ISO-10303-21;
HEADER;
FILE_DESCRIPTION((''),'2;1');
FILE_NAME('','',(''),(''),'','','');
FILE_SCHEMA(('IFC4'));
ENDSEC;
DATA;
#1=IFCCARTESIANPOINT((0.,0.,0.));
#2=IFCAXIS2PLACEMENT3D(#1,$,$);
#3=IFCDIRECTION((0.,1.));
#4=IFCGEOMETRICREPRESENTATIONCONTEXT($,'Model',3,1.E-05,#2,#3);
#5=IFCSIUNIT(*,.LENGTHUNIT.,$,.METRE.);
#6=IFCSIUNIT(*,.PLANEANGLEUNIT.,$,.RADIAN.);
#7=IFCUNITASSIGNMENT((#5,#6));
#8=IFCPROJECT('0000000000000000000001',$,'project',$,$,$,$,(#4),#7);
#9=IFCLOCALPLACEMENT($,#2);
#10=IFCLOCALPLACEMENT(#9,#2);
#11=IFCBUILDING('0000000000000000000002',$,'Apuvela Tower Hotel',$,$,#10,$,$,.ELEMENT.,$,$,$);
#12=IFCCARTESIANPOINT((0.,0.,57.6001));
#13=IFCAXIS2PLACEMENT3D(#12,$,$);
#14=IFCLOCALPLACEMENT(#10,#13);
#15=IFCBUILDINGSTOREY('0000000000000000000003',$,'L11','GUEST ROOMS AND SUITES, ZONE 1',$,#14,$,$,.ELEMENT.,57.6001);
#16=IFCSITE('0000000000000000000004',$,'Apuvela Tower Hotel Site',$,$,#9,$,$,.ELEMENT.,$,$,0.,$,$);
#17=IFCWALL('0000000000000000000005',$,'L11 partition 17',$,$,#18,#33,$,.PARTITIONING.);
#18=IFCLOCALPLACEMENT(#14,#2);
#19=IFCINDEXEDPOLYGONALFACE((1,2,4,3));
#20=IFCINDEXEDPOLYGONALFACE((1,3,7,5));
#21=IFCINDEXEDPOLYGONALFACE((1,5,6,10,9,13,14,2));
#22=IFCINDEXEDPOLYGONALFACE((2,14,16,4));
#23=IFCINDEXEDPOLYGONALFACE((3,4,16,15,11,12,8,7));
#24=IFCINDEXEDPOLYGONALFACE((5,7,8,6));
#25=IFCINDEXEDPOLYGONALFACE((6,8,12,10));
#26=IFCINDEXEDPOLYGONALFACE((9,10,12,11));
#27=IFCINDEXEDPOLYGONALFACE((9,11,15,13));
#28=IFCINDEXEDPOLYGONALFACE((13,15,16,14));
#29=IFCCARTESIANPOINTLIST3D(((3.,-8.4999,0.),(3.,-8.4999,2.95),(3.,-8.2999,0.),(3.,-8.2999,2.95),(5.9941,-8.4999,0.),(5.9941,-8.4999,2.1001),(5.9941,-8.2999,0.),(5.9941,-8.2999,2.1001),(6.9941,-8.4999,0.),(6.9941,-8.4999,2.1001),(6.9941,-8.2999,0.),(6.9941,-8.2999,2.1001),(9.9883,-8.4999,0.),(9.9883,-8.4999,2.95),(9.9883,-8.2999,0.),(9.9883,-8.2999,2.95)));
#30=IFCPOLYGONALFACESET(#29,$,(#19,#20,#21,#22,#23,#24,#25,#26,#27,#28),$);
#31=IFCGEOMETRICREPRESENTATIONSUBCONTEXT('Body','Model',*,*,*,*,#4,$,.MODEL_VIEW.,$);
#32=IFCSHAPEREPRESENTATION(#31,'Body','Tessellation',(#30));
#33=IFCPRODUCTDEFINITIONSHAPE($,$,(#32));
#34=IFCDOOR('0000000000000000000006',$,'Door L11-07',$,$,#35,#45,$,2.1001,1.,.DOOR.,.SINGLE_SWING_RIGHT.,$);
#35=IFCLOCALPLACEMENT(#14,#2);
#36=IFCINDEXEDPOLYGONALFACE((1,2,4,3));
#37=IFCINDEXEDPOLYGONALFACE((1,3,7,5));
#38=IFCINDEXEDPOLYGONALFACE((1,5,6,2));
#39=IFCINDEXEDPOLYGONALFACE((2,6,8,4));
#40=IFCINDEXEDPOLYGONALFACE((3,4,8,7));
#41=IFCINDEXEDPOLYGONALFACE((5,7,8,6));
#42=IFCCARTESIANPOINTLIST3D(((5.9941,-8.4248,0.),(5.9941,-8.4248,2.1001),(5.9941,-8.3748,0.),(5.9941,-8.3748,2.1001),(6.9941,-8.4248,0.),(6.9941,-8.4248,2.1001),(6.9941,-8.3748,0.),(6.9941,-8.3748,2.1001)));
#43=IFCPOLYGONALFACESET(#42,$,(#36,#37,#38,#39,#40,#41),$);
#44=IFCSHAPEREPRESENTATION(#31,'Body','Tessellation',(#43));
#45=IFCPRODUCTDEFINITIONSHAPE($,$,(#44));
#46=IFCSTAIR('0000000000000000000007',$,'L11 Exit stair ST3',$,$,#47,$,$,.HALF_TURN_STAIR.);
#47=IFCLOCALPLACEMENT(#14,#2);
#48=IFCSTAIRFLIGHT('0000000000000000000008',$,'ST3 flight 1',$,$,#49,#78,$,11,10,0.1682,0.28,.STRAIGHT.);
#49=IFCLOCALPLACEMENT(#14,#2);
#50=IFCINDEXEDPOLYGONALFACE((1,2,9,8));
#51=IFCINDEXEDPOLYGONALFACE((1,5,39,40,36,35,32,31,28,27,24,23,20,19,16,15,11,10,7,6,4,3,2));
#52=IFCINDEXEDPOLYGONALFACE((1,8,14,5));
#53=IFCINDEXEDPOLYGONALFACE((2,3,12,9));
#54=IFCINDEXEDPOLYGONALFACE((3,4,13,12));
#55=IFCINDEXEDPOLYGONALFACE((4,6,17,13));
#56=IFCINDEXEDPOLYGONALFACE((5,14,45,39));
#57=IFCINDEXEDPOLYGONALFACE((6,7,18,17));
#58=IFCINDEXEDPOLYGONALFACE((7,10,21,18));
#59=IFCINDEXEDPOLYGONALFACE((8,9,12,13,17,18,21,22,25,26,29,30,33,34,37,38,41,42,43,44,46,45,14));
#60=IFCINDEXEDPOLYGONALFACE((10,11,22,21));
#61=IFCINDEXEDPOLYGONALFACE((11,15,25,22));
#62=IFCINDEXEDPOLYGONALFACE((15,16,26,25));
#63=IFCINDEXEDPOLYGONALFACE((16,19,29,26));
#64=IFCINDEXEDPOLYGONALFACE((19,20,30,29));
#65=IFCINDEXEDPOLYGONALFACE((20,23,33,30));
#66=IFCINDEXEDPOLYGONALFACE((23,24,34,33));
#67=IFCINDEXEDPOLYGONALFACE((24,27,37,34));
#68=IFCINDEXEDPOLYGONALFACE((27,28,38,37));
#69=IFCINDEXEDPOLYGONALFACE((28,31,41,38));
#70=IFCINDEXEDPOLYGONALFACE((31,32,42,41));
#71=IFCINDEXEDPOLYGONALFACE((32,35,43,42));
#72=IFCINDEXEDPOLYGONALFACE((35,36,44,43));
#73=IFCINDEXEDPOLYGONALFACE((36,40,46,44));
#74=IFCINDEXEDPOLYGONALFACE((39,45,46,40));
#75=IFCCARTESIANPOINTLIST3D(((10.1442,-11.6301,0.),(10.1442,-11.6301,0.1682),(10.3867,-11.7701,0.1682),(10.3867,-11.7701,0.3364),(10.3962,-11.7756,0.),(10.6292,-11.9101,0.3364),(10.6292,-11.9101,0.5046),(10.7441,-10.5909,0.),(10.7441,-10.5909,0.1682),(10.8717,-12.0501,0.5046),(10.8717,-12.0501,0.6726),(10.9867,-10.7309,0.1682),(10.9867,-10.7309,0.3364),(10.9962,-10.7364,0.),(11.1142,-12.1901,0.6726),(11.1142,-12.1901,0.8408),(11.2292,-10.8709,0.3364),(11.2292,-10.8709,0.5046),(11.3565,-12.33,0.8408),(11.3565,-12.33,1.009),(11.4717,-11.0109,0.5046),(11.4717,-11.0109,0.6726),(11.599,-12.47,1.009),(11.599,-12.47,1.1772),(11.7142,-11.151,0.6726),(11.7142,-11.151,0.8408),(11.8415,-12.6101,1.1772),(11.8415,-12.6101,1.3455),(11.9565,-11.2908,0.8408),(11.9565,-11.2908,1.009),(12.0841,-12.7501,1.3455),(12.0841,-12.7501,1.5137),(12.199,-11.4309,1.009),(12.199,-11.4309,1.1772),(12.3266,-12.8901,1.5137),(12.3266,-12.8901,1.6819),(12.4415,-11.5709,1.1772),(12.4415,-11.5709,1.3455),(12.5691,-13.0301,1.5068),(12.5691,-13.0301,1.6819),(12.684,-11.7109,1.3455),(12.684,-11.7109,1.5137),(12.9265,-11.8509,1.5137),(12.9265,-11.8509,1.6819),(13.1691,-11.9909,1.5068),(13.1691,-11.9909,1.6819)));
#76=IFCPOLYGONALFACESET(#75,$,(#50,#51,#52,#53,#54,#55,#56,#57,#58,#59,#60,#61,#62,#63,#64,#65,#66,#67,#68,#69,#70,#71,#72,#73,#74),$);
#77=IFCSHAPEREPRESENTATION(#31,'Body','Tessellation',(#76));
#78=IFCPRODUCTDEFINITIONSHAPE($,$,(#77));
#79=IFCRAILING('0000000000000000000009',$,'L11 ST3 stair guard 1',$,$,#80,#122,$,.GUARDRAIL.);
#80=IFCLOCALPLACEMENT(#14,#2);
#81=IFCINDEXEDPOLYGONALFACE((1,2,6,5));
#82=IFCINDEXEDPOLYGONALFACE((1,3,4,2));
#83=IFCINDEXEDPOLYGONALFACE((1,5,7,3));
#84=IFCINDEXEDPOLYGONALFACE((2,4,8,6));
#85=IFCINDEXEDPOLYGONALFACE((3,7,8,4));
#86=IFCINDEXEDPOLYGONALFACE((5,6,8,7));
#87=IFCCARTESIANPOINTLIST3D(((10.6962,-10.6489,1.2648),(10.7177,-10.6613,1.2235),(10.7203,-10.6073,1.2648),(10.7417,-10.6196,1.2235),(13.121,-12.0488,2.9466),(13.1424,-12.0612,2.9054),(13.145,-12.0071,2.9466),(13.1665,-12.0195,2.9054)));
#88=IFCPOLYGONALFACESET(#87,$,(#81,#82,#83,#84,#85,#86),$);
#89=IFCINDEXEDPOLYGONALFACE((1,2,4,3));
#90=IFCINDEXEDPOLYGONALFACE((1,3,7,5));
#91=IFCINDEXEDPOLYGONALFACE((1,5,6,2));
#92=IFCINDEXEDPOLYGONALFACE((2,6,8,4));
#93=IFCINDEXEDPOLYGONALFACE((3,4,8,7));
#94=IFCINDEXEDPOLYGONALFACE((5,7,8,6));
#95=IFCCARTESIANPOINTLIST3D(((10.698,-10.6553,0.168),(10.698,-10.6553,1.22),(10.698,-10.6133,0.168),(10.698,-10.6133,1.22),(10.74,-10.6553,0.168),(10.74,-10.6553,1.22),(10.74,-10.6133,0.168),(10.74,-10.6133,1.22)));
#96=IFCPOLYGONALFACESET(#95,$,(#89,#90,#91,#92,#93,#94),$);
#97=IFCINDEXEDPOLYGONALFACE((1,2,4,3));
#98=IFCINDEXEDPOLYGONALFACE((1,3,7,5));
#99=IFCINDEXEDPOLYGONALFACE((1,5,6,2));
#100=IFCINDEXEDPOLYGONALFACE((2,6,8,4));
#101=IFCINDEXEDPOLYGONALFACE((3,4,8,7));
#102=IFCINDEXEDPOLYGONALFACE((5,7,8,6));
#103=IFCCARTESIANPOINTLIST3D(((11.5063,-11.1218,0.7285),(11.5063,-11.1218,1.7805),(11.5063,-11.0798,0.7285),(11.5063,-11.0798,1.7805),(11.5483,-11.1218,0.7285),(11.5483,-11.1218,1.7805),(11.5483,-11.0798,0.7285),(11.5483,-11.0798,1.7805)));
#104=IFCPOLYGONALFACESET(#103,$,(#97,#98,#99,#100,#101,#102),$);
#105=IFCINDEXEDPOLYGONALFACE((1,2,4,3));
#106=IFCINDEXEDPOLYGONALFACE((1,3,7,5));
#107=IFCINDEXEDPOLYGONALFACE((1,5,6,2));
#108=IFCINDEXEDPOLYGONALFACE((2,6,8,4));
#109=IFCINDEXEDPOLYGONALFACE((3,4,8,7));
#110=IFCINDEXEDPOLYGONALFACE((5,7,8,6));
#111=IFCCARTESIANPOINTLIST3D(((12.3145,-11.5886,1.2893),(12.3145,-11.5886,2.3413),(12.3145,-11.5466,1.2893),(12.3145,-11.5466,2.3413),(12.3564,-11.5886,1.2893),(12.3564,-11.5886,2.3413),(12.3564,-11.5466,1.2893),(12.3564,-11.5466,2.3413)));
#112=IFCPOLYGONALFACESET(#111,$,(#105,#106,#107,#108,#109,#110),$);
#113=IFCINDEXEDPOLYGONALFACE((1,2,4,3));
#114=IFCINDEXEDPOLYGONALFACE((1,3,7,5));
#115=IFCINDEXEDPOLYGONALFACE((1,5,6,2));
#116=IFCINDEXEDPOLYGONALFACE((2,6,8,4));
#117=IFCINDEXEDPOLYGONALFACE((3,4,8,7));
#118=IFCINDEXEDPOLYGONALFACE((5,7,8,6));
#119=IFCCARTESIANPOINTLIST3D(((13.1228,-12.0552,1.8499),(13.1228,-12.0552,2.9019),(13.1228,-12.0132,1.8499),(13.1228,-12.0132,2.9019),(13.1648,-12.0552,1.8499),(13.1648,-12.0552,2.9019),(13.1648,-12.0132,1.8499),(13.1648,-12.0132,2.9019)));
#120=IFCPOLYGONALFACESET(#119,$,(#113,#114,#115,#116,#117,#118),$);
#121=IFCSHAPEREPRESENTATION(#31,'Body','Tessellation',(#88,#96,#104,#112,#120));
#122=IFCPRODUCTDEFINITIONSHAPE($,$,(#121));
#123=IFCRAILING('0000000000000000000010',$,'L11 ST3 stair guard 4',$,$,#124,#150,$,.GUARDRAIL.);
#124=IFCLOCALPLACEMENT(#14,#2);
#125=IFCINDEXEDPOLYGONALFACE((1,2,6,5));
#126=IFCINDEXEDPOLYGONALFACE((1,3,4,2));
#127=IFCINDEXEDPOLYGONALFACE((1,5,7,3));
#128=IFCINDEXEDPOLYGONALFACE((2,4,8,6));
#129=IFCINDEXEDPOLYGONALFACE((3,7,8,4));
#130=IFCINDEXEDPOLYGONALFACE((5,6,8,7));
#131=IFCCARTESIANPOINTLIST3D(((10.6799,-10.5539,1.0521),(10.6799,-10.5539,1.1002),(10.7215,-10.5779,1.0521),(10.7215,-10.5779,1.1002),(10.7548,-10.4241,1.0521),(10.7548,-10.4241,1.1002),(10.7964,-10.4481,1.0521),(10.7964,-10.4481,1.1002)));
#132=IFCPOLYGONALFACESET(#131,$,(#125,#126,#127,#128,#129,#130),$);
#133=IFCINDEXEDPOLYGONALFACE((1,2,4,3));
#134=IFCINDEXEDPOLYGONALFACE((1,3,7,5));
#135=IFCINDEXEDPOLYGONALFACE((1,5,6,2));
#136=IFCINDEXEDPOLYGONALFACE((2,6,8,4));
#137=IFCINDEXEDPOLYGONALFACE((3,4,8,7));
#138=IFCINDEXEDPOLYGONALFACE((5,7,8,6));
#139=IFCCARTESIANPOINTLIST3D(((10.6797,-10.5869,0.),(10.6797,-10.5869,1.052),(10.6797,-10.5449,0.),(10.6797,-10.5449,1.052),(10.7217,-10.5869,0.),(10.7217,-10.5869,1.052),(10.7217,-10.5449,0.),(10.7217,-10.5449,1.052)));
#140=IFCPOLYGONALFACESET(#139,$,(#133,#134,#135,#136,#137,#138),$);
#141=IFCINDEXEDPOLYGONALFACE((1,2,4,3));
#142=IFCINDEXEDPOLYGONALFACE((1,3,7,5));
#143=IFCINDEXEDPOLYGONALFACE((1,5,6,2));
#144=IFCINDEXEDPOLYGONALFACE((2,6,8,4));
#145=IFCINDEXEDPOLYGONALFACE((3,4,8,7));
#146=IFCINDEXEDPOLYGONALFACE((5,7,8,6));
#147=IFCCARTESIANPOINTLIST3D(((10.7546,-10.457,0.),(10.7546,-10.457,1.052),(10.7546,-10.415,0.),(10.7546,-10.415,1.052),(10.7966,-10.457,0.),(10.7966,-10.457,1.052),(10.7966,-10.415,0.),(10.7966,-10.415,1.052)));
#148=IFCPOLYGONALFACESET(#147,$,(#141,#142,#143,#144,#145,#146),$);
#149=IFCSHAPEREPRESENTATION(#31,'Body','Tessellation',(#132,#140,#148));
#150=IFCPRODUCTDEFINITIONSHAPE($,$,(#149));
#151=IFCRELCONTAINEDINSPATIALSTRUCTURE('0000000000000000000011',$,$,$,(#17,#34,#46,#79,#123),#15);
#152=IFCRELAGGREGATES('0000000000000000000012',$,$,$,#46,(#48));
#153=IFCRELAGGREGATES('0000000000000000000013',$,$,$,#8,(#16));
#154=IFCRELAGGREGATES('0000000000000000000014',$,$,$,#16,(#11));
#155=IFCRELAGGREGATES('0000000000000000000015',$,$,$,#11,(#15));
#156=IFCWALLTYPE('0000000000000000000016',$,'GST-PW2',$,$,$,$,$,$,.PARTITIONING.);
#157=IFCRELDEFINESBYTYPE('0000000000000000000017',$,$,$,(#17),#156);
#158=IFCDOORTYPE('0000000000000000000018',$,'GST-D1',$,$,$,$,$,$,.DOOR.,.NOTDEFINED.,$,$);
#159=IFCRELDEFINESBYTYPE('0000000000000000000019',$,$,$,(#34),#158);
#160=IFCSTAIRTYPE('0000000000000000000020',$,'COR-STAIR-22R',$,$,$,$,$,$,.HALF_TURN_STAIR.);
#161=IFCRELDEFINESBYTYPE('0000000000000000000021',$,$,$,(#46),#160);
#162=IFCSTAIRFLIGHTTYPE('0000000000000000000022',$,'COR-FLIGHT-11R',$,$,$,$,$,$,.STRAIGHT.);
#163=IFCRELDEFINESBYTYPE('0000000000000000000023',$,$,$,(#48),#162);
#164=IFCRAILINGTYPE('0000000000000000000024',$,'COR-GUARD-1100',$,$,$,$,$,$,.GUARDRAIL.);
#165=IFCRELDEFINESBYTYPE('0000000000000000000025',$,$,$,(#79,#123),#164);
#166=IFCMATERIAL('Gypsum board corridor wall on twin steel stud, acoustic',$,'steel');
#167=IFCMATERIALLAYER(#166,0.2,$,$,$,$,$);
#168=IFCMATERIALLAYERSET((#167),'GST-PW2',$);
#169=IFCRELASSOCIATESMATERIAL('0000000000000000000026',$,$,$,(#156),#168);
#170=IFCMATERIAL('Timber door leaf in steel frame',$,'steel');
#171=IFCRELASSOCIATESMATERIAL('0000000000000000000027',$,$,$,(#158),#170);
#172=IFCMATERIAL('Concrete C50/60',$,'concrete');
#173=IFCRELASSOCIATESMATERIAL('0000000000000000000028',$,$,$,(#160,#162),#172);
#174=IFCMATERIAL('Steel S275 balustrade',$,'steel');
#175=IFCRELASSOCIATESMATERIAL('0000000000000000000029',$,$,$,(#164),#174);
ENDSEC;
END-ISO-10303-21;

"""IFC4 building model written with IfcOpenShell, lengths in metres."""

from ifc_helpers import new_model, si_unit, direction, frame, frame_2d, origin, origin_2d, place, context, subcontext, project, spatial, polyline, rectangle, outline, extrude, material, layer, layer_set, type_object, element, fill, aggregate, save


model = new_model("IFC4")

# Units and contexts
model_context = context("Model", 3, precision=1e-05, world=origin(), true_north=direction((0.0, 1.0)))
body_context = subcontext(model_context, "Body", "Model", "MODEL_VIEW")
ifc_project = project(units=[si_unit("LENGTHUNIT", "METRE"), si_unit("PLANEANGLEUNIT", "RADIAN")], contexts=[model_context])

# Site, building, storey
site_placement = place(None, origin())
site = spatial("IfcSite", under=ifc_project, at=site_placement, Name="Apuvela Tower Hotel Site", CompositionType="ELEMENT", RefElevation=0.0)
building_placement = place(site_placement, origin())
building = spatial("IfcBuilding", under=site, at=building_placement, Name="Apuvela Tower Hotel", CompositionType="ELEMENT")
storey_placement = place(building_placement, frame((0.0, 0.0, 57.6001)))
storey = spatial("IfcBuildingStorey", under=building, at=storey_placement, Name="L11", Description="GUEST ROOMS AND SUITES, ZONE 1", CompositionType="ELEMENT", Elevation=57.6001)

# Shared definitions
ifc_material_1 = material(Name="Concrete C50/60", Category="concrete")

# Wall, opening, door
ifc_material_2 = material(Name="Gypsum board corridor wall on twin steel stud, acoustic", Category="steel")
ifc_layer_1 = layer(ifc_material_2, 0.2)
ifc_layer_set_1 = layer_set([ifc_layer_1], Name="GST-PW2")
wall_type_1 = type_object("IfcWallType", Name="GST-PW2", PredefinedType="PARTITIONING", material=ifc_layer_set_1)
ifc_material_3 = material(Name="Timber door leaf in steel frame", Category="steel")
door_type_1 = type_object("IfcDoorType", Name="GST-D1", OperationType="NOTDEFINED", PredefinedType="DOOR", material=ifc_material_3)
wall_1_placement = place(storey_placement, frame((9.9883, -8.3999, 0.0), z_axis=(0.0, 0.0, 1.0), x_axis=(-1.0, 0.0, 0.0)))
wall_1 = element("IfcWall", 1, at=wall_1_placement, inside=storey, type_object=wall_type_1, Name="L11 partition 17", PredefinedType="PARTITIONING", context=body_context, shape_type="SweptSolid", body=[
    extrude(rectangle(XDim=6.9883, YDim=0.2, at=frame_2d((3.4941, 0.0))), origin(), (0.0, 0.0, 1.0), 2.95),
])
opening_1_placement = place(wall_1_placement, frame((2.9941, 0.0, 0.0)))
opening_1 = element("IfcOpeningElement", 2, at=opening_1_placement, cuts=wall_1, PredefinedType="OPENING", context=body_context, shape_type="SweptSolid", body=[
    extrude(rectangle(XDim=1.0, YDim=2.1001, at=frame_2d((0.5, 1.05))), frame((0.0, 0.1099, 0.0), z_axis=(0.0, -1.0, 0.0), x_axis=(1.0, 0.0, 0.0)), (0.0, 0.0, 1.0), 0.22),
])
door_1_placement = place(opening_1_placement, origin())
door_1 = element("IfcDoor", 3, at=door_1_placement, inside=storey, type_object=door_type_1, Name="Door L11-07", OperationType="SINGLE_SWING_RIGHT", OverallHeight=2.1001, OverallWidth=1.0, PredefinedType="DOOR", context=body_context, shape_type="SweptSolid", body=[
    extrude(rectangle(XDim=1.0, YDim=2.1001, at=frame_2d((0.5, 1.05))), frame((0.0, 0.0249, 0.0), z_axis=(0.0, -1.0, 0.0), x_axis=(1.0, 0.0, 0.0)), (0.0, 0.0, 1.0), 0.05),
])
fill(opening_1, door_1)

# Stair, stair flight
stair_type = type_object("IfcStairType", Name="COR-STAIR-22R", PredefinedType="HALF_TURN_STAIR", material=ifc_material_1)
stair_placement = place(storey_placement, origin())
stair = element("IfcStair", 4, at=stair_placement, inside=storey, type_object=stair_type, Name="L11 Exit stair ST3", PredefinedType="HALF_TURN_STAIR")
stair_flight_type = type_object("IfcStairFlightType", Name="COR-FLIGHT-11R", PredefinedType="STRAIGHT", material=ifc_material_1)
stair_flight_placement = place(storey_placement, frame((10.4441, -11.1106, 0.0), z_axis=(0.0, 0.0, 1.0), x_axis=(0.866025, -0.5, 0.0)))
stair_flight = element("IfcStairFlight", 5, at=stair_flight_placement, type_object=stair_flight_type, Name="ST3 flight 1", NumberOfRisers=11, NumberOfTreads=10, PredefinedType="STRAIGHT", RiserHeight=0.1682, TreadLength=0.28, context=body_context, shape_type="SweptSolid", body=[
    extrude(outline(polyline([(0.0, 0.0), (0.0, 0.1682), (0.28, 0.1682), (0.28, 0.3364), (0.5601, 0.3364), (0.5601, 0.5046), (0.8401, 0.5046), (0.8401, 0.6726), (1.1201, 0.6726), (1.1201, 0.8408), (1.3999, 0.8408), (1.3999, 1.009), (1.6799, 1.009), (1.6799, 1.1772), (1.96, 1.1772), (1.96, 1.3455), (2.24, 1.3455), (2.24, 1.5137), (2.52, 1.5137), (2.52, 1.6819), (2.8, 1.6819), (2.8, 1.8501), (2.8, 1.5068), (0.291, 0.0), (0.0, 0.0)])), frame((0.0, 0.6001, 0.0), z_axis=(0.0, -1.0, 0.0), x_axis=(1.0, 0.0, 0.0)), (0.0, 0.0, 1.0), 1.2),
])
aggregate(stair, [stair_flight])

# Railings
ifc_material_4 = material(Name="Steel S275 balustrade", Category="steel")
railing_type_1 = type_object("IfcRailingType", Name="COR-GUARD-1100", PredefinedType="GUARDRAIL", material=ifc_material_4)
railing_1_placement = place(storey_placement, frame((10.719, -10.6343, 0.168)))
element("IfcRailing", 6, at=railing_1_placement, inside=storey, type_object=railing_type_1, Name="L11 ST3 stair guard 1", PredefinedType="GUARDRAIL", context=body_context, shape_type="SweptSolid", body=[
    extrude(rectangle(XDim=0.0481, YDim=0.0481, at=origin_2d()), frame((0.0, 0.0, 1.0762), z_axis=(0.74239, -0.428601, 0.514934), x_axis=(0.499984, 0.866035, 0.0)), (0.0, 0.0, 1.0), 3.2661),
    extrude(rectangle(XDim=0.042, YDim=0.042, at=origin_2d()), origin(), (0.0, 0.0, 1.0), 1.052),
    extrude(rectangle(XDim=0.042, YDim=0.042, at=origin_2d()), frame((0.8083, -0.4666, 0.5605)), (0.0, 0.0, 1.0), 1.052),
    extrude(rectangle(XDim=0.042, YDim=0.042, at=origin_2d()), frame((1.6165, -0.9333, 1.1213)), (0.0, 0.0, 1.0), 1.052),
    extrude(rectangle(XDim=0.042, YDim=0.042, at=origin_2d()), frame((2.4248, -1.3999, 1.6819)), (0.0, 0.0, 1.0), 1.052),
])
railing_2_placement = place(storey_placement, frame((10.7007, -10.5659, 0.0)))
element("IfcRailing", 7, at=railing_2_placement, inside=storey, type_object=railing_type_1, Name="L11 ST3 stair guard 4", PredefinedType="GUARDRAIL", context=body_context, shape_type="SweptSolid", body=[
    extrude(rectangle(XDim=0.0481, YDim=0.0481, at=origin_2d()), frame((0.0, 0.0, 1.0762), z_axis=(0.499816, 0.866131, 0.0), x_axis=(-0.866131, 0.499816, 0.0)), (0.0, 0.0, 1.0), 0.1499),
    extrude(rectangle(XDim=0.042, YDim=0.042, at=origin_2d()), origin(), (0.0, 0.0, 1.0), 1.052),
    extrude(rectangle(XDim=0.042, YDim=0.042, at=origin_2d()), frame((0.075, 0.1299, 0.0)), (0.0, 0.0, 1.0), 1.052),
])

save(model, "model.ifc")
